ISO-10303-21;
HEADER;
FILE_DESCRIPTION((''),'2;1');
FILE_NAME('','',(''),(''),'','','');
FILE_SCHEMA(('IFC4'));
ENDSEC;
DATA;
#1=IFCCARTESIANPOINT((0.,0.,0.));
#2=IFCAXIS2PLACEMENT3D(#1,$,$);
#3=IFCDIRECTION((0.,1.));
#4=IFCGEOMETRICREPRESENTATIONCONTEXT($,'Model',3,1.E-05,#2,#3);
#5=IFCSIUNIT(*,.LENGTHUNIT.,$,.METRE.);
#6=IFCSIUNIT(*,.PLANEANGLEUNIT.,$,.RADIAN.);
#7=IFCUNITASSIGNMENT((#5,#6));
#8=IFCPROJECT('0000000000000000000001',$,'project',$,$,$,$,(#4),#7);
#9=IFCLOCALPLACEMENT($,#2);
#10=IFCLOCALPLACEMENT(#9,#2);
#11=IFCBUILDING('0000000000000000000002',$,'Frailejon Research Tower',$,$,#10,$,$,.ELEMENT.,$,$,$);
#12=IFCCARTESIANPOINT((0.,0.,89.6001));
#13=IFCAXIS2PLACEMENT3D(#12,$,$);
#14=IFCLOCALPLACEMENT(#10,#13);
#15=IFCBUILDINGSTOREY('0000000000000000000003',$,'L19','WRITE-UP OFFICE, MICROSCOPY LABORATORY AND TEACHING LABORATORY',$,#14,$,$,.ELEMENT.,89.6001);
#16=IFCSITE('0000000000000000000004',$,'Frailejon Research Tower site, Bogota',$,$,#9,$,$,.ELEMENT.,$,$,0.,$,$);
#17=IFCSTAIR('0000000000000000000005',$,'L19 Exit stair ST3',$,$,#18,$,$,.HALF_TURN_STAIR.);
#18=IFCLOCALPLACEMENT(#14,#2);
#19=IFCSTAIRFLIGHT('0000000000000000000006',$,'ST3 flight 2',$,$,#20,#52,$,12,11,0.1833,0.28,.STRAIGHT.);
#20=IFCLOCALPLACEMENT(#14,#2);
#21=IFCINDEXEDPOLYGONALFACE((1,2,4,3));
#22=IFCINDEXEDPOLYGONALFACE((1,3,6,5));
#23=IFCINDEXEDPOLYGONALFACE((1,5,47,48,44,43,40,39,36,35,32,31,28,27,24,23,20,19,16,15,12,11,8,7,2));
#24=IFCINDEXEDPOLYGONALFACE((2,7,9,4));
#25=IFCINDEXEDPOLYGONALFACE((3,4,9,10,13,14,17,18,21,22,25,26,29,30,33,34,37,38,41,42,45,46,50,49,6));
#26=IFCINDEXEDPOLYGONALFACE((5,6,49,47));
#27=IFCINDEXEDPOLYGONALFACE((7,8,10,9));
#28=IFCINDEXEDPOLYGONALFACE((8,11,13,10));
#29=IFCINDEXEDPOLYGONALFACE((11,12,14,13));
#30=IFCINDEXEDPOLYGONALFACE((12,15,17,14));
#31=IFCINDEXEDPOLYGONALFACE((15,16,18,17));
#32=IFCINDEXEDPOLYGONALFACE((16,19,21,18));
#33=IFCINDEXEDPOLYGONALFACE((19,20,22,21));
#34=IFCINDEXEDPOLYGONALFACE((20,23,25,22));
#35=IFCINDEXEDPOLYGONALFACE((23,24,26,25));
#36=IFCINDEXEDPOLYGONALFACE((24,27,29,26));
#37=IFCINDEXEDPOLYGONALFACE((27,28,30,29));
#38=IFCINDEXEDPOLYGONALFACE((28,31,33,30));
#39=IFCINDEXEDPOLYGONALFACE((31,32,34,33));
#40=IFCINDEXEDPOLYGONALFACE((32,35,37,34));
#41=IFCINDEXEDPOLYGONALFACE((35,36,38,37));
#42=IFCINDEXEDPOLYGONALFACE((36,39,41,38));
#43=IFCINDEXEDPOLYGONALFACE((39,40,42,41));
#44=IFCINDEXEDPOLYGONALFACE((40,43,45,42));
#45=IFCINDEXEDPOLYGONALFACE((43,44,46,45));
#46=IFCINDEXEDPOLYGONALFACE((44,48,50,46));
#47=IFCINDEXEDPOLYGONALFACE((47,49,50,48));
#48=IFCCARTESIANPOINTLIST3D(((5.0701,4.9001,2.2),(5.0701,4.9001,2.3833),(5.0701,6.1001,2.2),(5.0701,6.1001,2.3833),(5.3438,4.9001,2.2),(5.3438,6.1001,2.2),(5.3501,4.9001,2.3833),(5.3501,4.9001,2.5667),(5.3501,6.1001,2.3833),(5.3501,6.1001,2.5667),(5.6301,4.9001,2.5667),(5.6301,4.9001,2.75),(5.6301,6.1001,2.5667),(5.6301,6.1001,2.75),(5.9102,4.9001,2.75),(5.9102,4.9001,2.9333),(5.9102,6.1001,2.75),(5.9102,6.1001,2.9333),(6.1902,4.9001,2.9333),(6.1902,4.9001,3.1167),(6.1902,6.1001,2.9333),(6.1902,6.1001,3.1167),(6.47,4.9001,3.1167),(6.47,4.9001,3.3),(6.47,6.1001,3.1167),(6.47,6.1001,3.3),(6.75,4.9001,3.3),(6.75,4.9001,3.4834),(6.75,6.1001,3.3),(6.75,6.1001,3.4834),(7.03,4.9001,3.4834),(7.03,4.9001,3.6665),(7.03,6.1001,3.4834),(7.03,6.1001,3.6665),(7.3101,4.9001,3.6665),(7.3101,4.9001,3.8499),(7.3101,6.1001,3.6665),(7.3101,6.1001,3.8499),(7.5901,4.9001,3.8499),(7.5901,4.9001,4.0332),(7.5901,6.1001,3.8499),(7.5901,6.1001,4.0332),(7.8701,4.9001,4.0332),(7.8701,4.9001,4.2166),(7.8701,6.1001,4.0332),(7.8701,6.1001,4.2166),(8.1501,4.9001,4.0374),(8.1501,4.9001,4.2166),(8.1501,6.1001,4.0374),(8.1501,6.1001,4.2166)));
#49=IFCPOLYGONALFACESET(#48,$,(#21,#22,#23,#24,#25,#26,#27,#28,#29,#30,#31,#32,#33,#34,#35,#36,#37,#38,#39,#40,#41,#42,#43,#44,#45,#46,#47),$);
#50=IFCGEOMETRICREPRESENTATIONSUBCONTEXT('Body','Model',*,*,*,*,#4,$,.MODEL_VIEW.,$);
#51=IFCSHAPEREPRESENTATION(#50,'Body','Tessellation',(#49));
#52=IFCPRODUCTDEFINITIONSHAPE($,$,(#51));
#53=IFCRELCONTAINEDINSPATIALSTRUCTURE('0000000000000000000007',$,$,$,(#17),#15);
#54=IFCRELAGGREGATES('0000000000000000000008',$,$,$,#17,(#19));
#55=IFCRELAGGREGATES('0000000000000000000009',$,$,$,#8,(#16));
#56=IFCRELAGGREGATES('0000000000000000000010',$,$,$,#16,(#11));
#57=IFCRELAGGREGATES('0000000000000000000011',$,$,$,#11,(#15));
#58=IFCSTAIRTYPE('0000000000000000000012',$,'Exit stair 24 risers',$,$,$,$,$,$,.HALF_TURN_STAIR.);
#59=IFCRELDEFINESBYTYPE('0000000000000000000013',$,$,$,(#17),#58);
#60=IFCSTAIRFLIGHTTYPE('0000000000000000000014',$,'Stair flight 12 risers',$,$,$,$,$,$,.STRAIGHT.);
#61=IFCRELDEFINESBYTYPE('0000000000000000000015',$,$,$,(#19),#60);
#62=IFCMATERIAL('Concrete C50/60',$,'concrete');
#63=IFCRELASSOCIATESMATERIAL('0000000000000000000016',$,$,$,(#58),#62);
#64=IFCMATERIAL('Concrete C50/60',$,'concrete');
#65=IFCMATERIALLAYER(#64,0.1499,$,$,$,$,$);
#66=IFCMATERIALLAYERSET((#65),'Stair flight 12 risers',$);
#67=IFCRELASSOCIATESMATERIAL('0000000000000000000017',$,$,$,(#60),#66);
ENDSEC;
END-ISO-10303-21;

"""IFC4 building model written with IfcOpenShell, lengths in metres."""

from ifc_helpers import new_model, si_unit, direction, frame, origin, place, context, subcontext, project, spatial, polyline, outline, extrude, material, layer, layer_set, type_object, element, aggregate, save


model = new_model("IFC4")

# Units and contexts
model_context = context("Model", 3, precision=1e-05, world=origin(), true_north=direction((0.0, 1.0)))
body_context = subcontext(model_context, "Body", "Model", "MODEL_VIEW")
ifc_project = project(units=[si_unit("LENGTHUNIT", "METRE"), si_unit("PLANEANGLEUNIT", "RADIAN")], contexts=[model_context])

# Site, building, storey
site_placement = place(None, origin())
site = spatial("IfcSite", under=ifc_project, at=site_placement, Name="Frailejon Research Tower site, Bogota", CompositionType="ELEMENT", RefElevation=0.0)
building_placement = place(site_placement, origin())
building = spatial("IfcBuilding", under=site, at=building_placement, Name="Frailejon Research Tower", CompositionType="ELEMENT")
storey_placement = place(building_placement, frame((0.0, 0.0, 89.6001)))
storey = spatial("IfcBuildingStorey", under=building, at=storey_placement, Name="L19", Description="WRITE-UP OFFICE, MICROSCOPY LABORATORY AND TEACHING LABORATORY", CompositionType="ELEMENT", Elevation=89.6001)

# Stair
ifc_material_1 = material(Name="Concrete C50/60", Category="concrete")
stair_type = type_object("IfcStairType", Name="Exit stair 24 risers", PredefinedType="HALF_TURN_STAIR", material=ifc_material_1)
stair_1_placement = place(storey_placement, origin())
stair_1 = element("IfcStair", 1, at=stair_1_placement, inside=storey, type_object=stair_type, Name="L19 Exit stair ST3", PredefinedType="HALF_TURN_STAIR")

# Stair flight
ifc_material_2 = material(Name="Concrete C50/60", Category="concrete")
ifc_layer_1 = layer(ifc_material_2, 0.1499)
ifc_layer_set_1 = layer_set([ifc_layer_1], Name="Stair flight 12 risers")
stair_flight_type = type_object("IfcStairFlightType", Name="Stair flight 12 risers", PredefinedType="STRAIGHT", material=ifc_layer_set_1)
stair_flight_1_placement = place(storey_placement, frame((5.0701, 5.5, 2.2), z_axis=(0.0, 0.0, 1.0), x_axis=(1.0, 0.0, 0.0)))
stair_flight_1 = element("IfcStairFlight", 2, at=stair_flight_1_placement, type_object=stair_flight_type, Name="ST3 flight 2", NumberOfRisers=12, NumberOfTreads=11, PredefinedType="STRAIGHT", RiserHeight=0.1833, TreadLength=0.28, context=body_context, shape_type="SweptSolid", body=[
    extrude(outline(polyline([(0.0, 0.0), (0.0, 0.1833), (0.28, 0.1833), (0.28, 0.3667), (0.5601, 0.3667), (0.5601, 0.55), (0.8401, 0.55), (0.8401, 0.7334), (1.1201, 0.7334), (1.1201, 0.9167), (1.3999, 0.9167), (1.3999, 1.1001), (1.6799, 1.1001), (1.6799, 1.2834), (1.96, 1.2834), (1.96, 1.4666), (2.24, 1.4666), (2.24, 1.6499), (2.52, 1.6499), (2.52, 1.8333), (2.8, 1.8333), (2.8, 2.0166), (3.0801, 2.0166), (3.0801, 2.2), (3.0801, 1.8374), (0.2737, 0.0), (0.0, 0.0)])), frame((0.0, 0.6001, 0.0), z_axis=(0.0, -1.0, 0.0), x_axis=(1.0, 0.0, 0.0)), (0.0, 0.0, 1.0), 1.2),
])
aggregate(stair_1, [stair_flight_1])

save(model, "model.ifc")
